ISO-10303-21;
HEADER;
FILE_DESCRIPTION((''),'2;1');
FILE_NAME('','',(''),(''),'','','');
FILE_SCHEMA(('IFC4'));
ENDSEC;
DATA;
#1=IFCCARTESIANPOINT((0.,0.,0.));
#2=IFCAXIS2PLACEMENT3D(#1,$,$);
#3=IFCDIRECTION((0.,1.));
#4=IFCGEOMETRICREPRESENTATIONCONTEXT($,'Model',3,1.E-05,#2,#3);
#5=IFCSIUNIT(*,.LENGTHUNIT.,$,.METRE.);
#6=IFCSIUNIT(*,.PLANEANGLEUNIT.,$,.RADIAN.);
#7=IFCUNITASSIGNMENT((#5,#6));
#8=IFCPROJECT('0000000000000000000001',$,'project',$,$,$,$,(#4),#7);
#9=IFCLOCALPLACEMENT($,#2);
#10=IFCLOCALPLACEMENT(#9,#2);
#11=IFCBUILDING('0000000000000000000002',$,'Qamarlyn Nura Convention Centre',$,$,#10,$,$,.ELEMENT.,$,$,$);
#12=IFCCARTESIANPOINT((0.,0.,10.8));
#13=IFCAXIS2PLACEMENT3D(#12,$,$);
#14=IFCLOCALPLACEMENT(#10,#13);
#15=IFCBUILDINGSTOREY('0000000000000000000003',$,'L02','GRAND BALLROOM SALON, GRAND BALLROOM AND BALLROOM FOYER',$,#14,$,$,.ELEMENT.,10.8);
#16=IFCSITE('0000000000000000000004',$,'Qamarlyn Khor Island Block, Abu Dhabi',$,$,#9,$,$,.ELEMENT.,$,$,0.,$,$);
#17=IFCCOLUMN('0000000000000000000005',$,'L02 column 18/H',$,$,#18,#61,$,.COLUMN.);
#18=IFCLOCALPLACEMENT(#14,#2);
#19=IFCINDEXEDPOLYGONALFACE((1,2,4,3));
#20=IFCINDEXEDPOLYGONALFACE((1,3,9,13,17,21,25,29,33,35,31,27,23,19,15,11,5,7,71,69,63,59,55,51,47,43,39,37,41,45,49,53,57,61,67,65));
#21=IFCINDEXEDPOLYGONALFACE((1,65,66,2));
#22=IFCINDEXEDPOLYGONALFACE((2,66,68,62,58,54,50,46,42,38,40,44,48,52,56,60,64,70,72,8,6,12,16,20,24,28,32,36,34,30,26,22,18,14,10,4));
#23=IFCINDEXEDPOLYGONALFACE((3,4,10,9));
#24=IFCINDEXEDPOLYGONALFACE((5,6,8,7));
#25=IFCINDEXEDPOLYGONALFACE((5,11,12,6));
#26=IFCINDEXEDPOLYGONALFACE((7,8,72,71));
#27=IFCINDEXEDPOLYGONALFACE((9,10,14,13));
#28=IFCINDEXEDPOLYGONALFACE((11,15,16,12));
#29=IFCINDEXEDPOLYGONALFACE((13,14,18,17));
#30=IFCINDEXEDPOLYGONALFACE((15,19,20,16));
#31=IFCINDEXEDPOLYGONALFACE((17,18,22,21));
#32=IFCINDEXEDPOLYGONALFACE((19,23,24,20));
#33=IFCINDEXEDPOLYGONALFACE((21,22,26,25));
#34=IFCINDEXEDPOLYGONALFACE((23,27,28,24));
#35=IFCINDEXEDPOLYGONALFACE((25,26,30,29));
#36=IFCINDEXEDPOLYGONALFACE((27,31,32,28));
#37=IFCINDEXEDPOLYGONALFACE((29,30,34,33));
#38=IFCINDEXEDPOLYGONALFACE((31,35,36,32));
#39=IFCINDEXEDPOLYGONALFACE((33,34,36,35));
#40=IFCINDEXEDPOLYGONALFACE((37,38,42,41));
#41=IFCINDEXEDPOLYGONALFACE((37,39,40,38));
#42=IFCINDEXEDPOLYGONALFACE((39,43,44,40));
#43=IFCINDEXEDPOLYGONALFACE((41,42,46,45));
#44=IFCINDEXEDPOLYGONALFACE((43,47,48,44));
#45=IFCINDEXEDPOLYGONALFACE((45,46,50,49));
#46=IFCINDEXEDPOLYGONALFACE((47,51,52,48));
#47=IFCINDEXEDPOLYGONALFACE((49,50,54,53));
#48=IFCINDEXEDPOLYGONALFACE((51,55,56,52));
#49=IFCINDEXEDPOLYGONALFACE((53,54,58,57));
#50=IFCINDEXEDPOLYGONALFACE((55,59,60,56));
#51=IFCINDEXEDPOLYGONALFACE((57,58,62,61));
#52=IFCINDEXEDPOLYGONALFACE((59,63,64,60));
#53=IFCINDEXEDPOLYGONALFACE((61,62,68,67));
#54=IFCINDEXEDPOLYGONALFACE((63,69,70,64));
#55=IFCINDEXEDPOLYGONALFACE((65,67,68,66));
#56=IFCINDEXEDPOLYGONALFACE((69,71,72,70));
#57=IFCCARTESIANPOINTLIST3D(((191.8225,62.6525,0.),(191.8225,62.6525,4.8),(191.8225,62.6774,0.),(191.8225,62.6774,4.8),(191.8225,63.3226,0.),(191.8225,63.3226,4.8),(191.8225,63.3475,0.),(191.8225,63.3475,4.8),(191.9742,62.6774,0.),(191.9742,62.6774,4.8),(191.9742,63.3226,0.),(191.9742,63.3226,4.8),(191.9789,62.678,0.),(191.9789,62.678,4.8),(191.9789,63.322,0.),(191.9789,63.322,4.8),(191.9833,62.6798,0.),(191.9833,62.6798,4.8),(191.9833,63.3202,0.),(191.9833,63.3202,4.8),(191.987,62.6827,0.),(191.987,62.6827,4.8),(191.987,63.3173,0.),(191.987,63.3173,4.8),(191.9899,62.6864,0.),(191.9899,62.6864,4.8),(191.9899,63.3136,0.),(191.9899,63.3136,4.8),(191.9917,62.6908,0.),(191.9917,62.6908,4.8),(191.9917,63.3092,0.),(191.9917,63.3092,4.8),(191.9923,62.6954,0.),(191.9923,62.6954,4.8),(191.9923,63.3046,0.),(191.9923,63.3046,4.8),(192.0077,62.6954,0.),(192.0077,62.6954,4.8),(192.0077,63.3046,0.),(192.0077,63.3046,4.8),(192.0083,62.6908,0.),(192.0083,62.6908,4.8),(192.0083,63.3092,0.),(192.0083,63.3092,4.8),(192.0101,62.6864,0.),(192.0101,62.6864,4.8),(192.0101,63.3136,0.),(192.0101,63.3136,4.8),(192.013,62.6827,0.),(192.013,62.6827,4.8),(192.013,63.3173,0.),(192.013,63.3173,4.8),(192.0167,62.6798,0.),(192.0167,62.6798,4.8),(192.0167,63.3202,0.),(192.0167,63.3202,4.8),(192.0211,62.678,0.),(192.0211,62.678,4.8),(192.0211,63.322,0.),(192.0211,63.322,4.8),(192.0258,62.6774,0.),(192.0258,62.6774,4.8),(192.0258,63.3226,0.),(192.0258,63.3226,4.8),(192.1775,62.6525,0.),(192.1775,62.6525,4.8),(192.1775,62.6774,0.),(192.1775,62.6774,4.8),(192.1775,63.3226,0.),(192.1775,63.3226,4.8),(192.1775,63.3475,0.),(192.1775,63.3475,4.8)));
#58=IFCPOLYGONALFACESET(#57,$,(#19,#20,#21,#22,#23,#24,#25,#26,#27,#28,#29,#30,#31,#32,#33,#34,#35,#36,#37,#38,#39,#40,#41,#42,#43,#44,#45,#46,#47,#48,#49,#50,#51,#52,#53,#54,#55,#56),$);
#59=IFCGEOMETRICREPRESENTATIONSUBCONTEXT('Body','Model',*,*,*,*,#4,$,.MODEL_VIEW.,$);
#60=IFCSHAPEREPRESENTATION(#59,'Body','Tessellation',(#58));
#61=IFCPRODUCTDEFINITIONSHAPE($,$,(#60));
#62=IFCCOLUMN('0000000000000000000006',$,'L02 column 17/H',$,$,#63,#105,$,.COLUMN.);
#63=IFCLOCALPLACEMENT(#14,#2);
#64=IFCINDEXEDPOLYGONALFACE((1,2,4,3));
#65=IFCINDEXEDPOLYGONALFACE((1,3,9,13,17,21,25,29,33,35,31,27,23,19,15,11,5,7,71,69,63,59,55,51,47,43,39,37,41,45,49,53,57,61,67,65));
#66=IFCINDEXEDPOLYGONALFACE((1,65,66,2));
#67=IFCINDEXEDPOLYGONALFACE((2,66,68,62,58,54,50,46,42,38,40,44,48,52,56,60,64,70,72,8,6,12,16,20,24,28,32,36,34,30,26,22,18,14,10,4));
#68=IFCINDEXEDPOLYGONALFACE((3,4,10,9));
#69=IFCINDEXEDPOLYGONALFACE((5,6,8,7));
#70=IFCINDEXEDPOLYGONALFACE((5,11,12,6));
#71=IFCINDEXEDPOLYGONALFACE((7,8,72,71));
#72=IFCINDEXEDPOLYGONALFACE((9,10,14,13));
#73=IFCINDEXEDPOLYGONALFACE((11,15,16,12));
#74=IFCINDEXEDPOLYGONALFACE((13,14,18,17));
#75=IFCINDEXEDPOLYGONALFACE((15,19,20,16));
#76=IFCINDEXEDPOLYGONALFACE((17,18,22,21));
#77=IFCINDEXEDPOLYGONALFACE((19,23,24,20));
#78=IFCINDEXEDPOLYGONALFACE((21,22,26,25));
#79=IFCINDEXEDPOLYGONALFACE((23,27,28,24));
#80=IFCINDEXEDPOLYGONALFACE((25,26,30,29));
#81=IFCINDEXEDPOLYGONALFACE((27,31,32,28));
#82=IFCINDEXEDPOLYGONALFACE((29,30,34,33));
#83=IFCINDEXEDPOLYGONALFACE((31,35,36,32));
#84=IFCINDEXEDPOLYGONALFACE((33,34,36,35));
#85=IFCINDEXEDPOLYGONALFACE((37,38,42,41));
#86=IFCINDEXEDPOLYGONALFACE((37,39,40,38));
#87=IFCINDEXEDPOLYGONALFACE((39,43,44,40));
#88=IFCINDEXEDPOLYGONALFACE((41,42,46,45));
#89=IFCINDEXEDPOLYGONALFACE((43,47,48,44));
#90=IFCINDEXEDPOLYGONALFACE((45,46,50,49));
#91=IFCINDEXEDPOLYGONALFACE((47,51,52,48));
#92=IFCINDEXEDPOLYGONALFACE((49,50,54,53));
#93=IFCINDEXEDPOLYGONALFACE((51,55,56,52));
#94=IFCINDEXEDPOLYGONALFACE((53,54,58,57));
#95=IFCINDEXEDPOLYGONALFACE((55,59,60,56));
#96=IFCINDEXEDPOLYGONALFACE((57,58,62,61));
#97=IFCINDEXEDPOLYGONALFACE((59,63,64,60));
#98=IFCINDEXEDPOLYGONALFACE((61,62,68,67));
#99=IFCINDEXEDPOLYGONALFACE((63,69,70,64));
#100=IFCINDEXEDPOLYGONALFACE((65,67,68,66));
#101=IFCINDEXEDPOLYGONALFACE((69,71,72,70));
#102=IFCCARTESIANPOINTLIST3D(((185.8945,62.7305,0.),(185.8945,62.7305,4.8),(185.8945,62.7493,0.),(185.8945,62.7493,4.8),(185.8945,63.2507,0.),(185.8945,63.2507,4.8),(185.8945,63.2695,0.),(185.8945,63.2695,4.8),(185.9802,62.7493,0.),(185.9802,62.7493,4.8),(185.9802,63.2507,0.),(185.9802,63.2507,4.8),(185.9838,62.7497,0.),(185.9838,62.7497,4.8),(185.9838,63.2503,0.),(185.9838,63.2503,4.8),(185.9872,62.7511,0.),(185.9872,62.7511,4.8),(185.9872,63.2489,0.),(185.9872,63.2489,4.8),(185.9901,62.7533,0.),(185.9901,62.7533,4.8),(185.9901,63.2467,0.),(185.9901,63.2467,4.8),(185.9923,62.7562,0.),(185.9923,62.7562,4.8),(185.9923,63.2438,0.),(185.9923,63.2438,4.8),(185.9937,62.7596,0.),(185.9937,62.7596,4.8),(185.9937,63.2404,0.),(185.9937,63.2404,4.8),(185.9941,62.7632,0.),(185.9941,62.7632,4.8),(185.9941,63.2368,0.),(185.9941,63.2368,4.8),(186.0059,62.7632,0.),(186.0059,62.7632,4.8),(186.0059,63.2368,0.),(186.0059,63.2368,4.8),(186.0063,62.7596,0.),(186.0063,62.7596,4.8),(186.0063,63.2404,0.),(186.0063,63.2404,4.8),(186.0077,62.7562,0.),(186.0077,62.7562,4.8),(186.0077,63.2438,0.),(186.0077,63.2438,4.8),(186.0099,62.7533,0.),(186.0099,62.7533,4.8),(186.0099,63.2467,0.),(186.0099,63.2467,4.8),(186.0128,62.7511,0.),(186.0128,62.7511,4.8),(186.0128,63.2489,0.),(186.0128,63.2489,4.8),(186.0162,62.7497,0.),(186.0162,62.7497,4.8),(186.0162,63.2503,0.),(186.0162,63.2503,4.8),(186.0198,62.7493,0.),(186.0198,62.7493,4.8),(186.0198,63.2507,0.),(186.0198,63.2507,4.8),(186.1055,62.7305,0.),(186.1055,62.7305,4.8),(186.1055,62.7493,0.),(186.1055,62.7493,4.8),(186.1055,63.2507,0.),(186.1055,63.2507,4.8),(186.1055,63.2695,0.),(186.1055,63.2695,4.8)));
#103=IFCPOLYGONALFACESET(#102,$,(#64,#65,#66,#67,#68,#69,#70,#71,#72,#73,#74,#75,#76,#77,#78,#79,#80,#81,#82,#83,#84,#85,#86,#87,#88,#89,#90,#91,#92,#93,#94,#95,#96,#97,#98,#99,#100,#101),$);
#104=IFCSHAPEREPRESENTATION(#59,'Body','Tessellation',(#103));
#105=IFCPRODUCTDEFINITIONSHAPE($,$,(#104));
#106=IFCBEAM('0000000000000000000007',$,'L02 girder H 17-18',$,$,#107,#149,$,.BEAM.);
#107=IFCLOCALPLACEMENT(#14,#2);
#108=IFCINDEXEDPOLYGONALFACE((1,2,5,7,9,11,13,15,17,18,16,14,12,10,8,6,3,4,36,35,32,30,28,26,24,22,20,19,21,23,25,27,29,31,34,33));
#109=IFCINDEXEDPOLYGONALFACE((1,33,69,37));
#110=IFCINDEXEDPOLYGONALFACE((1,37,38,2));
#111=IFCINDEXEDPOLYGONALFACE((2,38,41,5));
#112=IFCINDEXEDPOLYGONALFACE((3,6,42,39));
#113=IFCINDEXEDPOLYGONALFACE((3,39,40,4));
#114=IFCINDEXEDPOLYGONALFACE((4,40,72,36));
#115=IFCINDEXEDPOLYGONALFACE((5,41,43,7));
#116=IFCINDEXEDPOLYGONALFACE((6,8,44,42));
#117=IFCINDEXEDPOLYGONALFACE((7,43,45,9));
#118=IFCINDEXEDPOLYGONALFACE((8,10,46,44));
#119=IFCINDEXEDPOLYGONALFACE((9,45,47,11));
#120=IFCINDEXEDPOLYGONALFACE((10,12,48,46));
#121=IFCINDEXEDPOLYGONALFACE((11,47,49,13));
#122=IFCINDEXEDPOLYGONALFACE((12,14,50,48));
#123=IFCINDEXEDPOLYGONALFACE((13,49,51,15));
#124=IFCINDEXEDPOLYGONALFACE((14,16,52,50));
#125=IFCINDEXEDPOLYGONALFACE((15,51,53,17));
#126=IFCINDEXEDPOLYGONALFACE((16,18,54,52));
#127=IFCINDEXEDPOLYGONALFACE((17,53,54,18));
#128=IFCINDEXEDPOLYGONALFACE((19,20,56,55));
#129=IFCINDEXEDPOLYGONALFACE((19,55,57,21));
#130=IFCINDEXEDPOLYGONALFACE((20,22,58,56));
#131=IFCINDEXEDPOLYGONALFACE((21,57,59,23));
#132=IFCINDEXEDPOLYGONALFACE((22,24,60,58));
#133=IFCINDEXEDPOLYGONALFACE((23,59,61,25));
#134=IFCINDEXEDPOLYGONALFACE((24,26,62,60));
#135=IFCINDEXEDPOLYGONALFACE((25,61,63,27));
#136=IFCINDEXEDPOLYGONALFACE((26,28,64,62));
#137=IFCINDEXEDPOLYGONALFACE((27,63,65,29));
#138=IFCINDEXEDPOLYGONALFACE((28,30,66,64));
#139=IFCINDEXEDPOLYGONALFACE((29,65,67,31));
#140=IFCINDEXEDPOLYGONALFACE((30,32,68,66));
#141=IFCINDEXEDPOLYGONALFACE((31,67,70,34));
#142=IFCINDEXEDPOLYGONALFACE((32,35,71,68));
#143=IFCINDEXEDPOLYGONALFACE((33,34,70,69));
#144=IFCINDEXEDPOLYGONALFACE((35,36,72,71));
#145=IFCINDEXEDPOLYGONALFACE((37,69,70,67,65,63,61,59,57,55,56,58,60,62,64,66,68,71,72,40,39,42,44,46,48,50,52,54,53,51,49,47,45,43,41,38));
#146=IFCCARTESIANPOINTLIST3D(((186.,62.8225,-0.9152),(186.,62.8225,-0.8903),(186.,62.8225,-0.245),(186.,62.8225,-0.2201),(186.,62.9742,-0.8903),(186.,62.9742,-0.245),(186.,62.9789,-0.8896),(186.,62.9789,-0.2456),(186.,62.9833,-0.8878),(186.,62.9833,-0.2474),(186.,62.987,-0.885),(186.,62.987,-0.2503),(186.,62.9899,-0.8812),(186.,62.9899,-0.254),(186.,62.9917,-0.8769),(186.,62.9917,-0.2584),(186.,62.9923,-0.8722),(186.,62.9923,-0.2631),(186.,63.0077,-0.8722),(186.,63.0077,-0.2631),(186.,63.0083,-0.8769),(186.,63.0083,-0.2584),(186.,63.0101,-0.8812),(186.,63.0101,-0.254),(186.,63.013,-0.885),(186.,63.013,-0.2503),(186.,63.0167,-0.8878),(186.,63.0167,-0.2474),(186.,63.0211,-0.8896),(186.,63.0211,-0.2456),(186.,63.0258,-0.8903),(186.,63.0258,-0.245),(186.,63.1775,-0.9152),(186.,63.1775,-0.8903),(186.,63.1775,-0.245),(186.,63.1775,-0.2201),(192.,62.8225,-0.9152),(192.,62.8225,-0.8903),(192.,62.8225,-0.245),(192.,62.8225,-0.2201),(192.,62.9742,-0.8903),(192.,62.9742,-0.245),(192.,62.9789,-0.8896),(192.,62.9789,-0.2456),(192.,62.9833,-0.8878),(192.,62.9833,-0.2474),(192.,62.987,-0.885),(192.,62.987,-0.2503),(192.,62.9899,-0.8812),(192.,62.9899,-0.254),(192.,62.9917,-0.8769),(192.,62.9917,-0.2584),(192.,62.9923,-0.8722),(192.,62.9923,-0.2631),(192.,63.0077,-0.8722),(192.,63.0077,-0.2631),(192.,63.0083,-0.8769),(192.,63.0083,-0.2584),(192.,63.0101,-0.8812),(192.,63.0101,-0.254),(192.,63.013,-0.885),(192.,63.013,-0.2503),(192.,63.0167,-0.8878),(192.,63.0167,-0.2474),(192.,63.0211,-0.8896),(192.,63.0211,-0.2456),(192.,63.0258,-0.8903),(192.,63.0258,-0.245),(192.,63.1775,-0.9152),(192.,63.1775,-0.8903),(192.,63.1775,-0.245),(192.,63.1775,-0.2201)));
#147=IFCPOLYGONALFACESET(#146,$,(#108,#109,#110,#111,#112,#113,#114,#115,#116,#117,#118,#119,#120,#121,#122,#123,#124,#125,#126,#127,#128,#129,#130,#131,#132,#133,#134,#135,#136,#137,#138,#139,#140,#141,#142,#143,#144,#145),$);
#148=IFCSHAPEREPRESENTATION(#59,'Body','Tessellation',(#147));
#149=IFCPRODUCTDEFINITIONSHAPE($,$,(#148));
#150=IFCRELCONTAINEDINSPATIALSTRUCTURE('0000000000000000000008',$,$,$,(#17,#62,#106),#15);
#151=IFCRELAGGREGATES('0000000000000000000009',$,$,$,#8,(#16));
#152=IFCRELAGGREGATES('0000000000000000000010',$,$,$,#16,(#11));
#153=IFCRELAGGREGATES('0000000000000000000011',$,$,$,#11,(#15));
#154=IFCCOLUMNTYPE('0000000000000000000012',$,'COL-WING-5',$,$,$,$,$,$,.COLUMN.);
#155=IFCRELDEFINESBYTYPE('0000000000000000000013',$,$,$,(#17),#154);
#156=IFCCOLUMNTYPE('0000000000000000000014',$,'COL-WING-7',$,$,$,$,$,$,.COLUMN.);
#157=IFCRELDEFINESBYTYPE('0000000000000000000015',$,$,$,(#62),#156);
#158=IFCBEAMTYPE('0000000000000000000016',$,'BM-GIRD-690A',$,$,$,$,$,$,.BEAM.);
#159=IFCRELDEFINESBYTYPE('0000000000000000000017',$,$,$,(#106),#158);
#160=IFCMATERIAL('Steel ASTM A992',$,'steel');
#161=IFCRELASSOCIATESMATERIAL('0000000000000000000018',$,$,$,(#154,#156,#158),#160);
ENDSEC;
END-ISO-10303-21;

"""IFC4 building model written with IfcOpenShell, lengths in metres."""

from ifc_helpers import new_model, si_unit, direction, frame, origin, origin_2d, place, context, subcontext, project, spatial, i_section, extrude, material, material_profile, profile_set, type_object, element, save


model = new_model("IFC4")

# Units and contexts
model_context = context("Model", 3, precision=1e-05, world=origin(), true_north=direction((0.0, 1.0)))
body_context = subcontext(model_context, "Body", "Model", "MODEL_VIEW")
ifc_project = project(units=[si_unit("LENGTHUNIT", "METRE"), si_unit("PLANEANGLEUNIT", "RADIAN")], contexts=[model_context])

# Site, building, storey
site_placement = place(None, origin())
site = spatial("IfcSite", under=ifc_project, at=site_placement, Name="Qamarlyn Khor Island Block, Abu Dhabi", CompositionType="ELEMENT", RefElevation=0.0)
building_placement = place(site_placement, origin())
building = spatial("IfcBuilding", under=site, at=building_placement, Name="Qamarlyn Nura Convention Centre", CompositionType="ELEMENT")
storey_placement = place(building_placement, frame((0.0, 0.0, 10.8)))
storey = spatial("IfcBuildingStorey", under=building, at=storey_placement, Name="L02", Description="GRAND BALLROOM SALON, GRAND BALLROOM AND BALLROOM FOYER", CompositionType="ELEMENT", Elevation=10.8)

# Columns
ifc_material_1 = material(Name="Steel ASTM A992", Category="steel")
ifc_material_profile_1 = material_profile(ifc_material_1, i_section(OverallWidth=0.355, OverallDepth=0.6951, WebThickness=0.0154, FlangeThickness=0.0249, FilletRadius=0.0181, at=origin_2d()), Name="W690X217")
ifc_profile_set_1 = profile_set([ifc_material_profile_1], Name="Steel ASTM A992")
column_type_1 = type_object("IfcColumnType", Name="COL-WING-5", PredefinedType="COLUMN", material=ifc_profile_set_1)
column_1_placement = place(storey_placement, frame((192.0, 63.0, 0.0), z_axis=(0.0, 0.0, 1.0), x_axis=(1.0, 0.0, 0.0)))
element("IfcColumn", 1, at=column_1_placement, inside=storey, type_object=column_type_1, Name="L02 column 18/H", PredefinedType="COLUMN", context=body_context, shape_type="SweptSolid", body=[
    extrude(i_section(OverallWidth=0.355, OverallDepth=0.6951, WebThickness=0.0154, FlangeThickness=0.0249, FilletRadius=0.0181, at=origin_2d()), origin(), (0.0, 0.0, 1.0), 4.8),
])
ifc_material_profile_2 = material_profile(ifc_material_1, i_section(OverallWidth=0.2109, OverallDepth=0.5391, WebThickness=0.0117, FlangeThickness=0.0188, FilletRadius=0.0139, at=origin_2d()), Name="W530X109")
ifc_profile_set_2 = profile_set([ifc_material_profile_2], Name="Steel ASTM A992")
column_type_2 = type_object("IfcColumnType", Name="COL-WING-7", PredefinedType="COLUMN", material=ifc_profile_set_2)
column_2_placement = place(storey_placement, frame((186.0, 63.0, 0.0), z_axis=(0.0, 0.0, 1.0), x_axis=(1.0, 0.0, 0.0)))
element("IfcColumn", 2, at=column_2_placement, inside=storey, type_object=column_type_2, Name="L02 column 17/H", PredefinedType="COLUMN", context=body_context, shape_type="SweptSolid", body=[
    extrude(i_section(OverallWidth=0.2109, OverallDepth=0.5391, WebThickness=0.0117, FlangeThickness=0.0188, FilletRadius=0.0139, at=origin_2d()), origin(), (0.0, 0.0, 1.0), 4.8),
])

# Beam
ifc_material_profile_3 = material_profile(ifc_material_1, i_section(OverallWidth=0.355, OverallDepth=0.6951, WebThickness=0.0154, FlangeThickness=0.0249, FilletRadius=0.0181, at=origin_2d()), Name="W690X217")
ifc_profile_set_3 = profile_set([ifc_material_profile_3], Name="Steel ASTM A992")
beam_type_1 = type_object("IfcBeamType", Name="BM-GIRD-690A", PredefinedType="BEAM", material=ifc_profile_set_3)
beam_1_placement = place(storey_placement, frame((186.0, 63.0, -0.5676), z_axis=(1.0, 0.0, 0.0), x_axis=(0.0, 1.0, 0.0)))
element("IfcBeam", 3, at=beam_1_placement, inside=storey, type_object=beam_type_1, Name="L02 girder H 17-18", PredefinedType="BEAM", context=body_context, shape_type="SweptSolid", body=[
    extrude(i_section(OverallWidth=0.355, OverallDepth=0.6951, WebThickness=0.0154, FlangeThickness=0.0249, FilletRadius=0.0181, at=origin_2d()), origin(), (0.0, 0.0, 1.0), 6.0),
])

save(model, "model.ifc")
